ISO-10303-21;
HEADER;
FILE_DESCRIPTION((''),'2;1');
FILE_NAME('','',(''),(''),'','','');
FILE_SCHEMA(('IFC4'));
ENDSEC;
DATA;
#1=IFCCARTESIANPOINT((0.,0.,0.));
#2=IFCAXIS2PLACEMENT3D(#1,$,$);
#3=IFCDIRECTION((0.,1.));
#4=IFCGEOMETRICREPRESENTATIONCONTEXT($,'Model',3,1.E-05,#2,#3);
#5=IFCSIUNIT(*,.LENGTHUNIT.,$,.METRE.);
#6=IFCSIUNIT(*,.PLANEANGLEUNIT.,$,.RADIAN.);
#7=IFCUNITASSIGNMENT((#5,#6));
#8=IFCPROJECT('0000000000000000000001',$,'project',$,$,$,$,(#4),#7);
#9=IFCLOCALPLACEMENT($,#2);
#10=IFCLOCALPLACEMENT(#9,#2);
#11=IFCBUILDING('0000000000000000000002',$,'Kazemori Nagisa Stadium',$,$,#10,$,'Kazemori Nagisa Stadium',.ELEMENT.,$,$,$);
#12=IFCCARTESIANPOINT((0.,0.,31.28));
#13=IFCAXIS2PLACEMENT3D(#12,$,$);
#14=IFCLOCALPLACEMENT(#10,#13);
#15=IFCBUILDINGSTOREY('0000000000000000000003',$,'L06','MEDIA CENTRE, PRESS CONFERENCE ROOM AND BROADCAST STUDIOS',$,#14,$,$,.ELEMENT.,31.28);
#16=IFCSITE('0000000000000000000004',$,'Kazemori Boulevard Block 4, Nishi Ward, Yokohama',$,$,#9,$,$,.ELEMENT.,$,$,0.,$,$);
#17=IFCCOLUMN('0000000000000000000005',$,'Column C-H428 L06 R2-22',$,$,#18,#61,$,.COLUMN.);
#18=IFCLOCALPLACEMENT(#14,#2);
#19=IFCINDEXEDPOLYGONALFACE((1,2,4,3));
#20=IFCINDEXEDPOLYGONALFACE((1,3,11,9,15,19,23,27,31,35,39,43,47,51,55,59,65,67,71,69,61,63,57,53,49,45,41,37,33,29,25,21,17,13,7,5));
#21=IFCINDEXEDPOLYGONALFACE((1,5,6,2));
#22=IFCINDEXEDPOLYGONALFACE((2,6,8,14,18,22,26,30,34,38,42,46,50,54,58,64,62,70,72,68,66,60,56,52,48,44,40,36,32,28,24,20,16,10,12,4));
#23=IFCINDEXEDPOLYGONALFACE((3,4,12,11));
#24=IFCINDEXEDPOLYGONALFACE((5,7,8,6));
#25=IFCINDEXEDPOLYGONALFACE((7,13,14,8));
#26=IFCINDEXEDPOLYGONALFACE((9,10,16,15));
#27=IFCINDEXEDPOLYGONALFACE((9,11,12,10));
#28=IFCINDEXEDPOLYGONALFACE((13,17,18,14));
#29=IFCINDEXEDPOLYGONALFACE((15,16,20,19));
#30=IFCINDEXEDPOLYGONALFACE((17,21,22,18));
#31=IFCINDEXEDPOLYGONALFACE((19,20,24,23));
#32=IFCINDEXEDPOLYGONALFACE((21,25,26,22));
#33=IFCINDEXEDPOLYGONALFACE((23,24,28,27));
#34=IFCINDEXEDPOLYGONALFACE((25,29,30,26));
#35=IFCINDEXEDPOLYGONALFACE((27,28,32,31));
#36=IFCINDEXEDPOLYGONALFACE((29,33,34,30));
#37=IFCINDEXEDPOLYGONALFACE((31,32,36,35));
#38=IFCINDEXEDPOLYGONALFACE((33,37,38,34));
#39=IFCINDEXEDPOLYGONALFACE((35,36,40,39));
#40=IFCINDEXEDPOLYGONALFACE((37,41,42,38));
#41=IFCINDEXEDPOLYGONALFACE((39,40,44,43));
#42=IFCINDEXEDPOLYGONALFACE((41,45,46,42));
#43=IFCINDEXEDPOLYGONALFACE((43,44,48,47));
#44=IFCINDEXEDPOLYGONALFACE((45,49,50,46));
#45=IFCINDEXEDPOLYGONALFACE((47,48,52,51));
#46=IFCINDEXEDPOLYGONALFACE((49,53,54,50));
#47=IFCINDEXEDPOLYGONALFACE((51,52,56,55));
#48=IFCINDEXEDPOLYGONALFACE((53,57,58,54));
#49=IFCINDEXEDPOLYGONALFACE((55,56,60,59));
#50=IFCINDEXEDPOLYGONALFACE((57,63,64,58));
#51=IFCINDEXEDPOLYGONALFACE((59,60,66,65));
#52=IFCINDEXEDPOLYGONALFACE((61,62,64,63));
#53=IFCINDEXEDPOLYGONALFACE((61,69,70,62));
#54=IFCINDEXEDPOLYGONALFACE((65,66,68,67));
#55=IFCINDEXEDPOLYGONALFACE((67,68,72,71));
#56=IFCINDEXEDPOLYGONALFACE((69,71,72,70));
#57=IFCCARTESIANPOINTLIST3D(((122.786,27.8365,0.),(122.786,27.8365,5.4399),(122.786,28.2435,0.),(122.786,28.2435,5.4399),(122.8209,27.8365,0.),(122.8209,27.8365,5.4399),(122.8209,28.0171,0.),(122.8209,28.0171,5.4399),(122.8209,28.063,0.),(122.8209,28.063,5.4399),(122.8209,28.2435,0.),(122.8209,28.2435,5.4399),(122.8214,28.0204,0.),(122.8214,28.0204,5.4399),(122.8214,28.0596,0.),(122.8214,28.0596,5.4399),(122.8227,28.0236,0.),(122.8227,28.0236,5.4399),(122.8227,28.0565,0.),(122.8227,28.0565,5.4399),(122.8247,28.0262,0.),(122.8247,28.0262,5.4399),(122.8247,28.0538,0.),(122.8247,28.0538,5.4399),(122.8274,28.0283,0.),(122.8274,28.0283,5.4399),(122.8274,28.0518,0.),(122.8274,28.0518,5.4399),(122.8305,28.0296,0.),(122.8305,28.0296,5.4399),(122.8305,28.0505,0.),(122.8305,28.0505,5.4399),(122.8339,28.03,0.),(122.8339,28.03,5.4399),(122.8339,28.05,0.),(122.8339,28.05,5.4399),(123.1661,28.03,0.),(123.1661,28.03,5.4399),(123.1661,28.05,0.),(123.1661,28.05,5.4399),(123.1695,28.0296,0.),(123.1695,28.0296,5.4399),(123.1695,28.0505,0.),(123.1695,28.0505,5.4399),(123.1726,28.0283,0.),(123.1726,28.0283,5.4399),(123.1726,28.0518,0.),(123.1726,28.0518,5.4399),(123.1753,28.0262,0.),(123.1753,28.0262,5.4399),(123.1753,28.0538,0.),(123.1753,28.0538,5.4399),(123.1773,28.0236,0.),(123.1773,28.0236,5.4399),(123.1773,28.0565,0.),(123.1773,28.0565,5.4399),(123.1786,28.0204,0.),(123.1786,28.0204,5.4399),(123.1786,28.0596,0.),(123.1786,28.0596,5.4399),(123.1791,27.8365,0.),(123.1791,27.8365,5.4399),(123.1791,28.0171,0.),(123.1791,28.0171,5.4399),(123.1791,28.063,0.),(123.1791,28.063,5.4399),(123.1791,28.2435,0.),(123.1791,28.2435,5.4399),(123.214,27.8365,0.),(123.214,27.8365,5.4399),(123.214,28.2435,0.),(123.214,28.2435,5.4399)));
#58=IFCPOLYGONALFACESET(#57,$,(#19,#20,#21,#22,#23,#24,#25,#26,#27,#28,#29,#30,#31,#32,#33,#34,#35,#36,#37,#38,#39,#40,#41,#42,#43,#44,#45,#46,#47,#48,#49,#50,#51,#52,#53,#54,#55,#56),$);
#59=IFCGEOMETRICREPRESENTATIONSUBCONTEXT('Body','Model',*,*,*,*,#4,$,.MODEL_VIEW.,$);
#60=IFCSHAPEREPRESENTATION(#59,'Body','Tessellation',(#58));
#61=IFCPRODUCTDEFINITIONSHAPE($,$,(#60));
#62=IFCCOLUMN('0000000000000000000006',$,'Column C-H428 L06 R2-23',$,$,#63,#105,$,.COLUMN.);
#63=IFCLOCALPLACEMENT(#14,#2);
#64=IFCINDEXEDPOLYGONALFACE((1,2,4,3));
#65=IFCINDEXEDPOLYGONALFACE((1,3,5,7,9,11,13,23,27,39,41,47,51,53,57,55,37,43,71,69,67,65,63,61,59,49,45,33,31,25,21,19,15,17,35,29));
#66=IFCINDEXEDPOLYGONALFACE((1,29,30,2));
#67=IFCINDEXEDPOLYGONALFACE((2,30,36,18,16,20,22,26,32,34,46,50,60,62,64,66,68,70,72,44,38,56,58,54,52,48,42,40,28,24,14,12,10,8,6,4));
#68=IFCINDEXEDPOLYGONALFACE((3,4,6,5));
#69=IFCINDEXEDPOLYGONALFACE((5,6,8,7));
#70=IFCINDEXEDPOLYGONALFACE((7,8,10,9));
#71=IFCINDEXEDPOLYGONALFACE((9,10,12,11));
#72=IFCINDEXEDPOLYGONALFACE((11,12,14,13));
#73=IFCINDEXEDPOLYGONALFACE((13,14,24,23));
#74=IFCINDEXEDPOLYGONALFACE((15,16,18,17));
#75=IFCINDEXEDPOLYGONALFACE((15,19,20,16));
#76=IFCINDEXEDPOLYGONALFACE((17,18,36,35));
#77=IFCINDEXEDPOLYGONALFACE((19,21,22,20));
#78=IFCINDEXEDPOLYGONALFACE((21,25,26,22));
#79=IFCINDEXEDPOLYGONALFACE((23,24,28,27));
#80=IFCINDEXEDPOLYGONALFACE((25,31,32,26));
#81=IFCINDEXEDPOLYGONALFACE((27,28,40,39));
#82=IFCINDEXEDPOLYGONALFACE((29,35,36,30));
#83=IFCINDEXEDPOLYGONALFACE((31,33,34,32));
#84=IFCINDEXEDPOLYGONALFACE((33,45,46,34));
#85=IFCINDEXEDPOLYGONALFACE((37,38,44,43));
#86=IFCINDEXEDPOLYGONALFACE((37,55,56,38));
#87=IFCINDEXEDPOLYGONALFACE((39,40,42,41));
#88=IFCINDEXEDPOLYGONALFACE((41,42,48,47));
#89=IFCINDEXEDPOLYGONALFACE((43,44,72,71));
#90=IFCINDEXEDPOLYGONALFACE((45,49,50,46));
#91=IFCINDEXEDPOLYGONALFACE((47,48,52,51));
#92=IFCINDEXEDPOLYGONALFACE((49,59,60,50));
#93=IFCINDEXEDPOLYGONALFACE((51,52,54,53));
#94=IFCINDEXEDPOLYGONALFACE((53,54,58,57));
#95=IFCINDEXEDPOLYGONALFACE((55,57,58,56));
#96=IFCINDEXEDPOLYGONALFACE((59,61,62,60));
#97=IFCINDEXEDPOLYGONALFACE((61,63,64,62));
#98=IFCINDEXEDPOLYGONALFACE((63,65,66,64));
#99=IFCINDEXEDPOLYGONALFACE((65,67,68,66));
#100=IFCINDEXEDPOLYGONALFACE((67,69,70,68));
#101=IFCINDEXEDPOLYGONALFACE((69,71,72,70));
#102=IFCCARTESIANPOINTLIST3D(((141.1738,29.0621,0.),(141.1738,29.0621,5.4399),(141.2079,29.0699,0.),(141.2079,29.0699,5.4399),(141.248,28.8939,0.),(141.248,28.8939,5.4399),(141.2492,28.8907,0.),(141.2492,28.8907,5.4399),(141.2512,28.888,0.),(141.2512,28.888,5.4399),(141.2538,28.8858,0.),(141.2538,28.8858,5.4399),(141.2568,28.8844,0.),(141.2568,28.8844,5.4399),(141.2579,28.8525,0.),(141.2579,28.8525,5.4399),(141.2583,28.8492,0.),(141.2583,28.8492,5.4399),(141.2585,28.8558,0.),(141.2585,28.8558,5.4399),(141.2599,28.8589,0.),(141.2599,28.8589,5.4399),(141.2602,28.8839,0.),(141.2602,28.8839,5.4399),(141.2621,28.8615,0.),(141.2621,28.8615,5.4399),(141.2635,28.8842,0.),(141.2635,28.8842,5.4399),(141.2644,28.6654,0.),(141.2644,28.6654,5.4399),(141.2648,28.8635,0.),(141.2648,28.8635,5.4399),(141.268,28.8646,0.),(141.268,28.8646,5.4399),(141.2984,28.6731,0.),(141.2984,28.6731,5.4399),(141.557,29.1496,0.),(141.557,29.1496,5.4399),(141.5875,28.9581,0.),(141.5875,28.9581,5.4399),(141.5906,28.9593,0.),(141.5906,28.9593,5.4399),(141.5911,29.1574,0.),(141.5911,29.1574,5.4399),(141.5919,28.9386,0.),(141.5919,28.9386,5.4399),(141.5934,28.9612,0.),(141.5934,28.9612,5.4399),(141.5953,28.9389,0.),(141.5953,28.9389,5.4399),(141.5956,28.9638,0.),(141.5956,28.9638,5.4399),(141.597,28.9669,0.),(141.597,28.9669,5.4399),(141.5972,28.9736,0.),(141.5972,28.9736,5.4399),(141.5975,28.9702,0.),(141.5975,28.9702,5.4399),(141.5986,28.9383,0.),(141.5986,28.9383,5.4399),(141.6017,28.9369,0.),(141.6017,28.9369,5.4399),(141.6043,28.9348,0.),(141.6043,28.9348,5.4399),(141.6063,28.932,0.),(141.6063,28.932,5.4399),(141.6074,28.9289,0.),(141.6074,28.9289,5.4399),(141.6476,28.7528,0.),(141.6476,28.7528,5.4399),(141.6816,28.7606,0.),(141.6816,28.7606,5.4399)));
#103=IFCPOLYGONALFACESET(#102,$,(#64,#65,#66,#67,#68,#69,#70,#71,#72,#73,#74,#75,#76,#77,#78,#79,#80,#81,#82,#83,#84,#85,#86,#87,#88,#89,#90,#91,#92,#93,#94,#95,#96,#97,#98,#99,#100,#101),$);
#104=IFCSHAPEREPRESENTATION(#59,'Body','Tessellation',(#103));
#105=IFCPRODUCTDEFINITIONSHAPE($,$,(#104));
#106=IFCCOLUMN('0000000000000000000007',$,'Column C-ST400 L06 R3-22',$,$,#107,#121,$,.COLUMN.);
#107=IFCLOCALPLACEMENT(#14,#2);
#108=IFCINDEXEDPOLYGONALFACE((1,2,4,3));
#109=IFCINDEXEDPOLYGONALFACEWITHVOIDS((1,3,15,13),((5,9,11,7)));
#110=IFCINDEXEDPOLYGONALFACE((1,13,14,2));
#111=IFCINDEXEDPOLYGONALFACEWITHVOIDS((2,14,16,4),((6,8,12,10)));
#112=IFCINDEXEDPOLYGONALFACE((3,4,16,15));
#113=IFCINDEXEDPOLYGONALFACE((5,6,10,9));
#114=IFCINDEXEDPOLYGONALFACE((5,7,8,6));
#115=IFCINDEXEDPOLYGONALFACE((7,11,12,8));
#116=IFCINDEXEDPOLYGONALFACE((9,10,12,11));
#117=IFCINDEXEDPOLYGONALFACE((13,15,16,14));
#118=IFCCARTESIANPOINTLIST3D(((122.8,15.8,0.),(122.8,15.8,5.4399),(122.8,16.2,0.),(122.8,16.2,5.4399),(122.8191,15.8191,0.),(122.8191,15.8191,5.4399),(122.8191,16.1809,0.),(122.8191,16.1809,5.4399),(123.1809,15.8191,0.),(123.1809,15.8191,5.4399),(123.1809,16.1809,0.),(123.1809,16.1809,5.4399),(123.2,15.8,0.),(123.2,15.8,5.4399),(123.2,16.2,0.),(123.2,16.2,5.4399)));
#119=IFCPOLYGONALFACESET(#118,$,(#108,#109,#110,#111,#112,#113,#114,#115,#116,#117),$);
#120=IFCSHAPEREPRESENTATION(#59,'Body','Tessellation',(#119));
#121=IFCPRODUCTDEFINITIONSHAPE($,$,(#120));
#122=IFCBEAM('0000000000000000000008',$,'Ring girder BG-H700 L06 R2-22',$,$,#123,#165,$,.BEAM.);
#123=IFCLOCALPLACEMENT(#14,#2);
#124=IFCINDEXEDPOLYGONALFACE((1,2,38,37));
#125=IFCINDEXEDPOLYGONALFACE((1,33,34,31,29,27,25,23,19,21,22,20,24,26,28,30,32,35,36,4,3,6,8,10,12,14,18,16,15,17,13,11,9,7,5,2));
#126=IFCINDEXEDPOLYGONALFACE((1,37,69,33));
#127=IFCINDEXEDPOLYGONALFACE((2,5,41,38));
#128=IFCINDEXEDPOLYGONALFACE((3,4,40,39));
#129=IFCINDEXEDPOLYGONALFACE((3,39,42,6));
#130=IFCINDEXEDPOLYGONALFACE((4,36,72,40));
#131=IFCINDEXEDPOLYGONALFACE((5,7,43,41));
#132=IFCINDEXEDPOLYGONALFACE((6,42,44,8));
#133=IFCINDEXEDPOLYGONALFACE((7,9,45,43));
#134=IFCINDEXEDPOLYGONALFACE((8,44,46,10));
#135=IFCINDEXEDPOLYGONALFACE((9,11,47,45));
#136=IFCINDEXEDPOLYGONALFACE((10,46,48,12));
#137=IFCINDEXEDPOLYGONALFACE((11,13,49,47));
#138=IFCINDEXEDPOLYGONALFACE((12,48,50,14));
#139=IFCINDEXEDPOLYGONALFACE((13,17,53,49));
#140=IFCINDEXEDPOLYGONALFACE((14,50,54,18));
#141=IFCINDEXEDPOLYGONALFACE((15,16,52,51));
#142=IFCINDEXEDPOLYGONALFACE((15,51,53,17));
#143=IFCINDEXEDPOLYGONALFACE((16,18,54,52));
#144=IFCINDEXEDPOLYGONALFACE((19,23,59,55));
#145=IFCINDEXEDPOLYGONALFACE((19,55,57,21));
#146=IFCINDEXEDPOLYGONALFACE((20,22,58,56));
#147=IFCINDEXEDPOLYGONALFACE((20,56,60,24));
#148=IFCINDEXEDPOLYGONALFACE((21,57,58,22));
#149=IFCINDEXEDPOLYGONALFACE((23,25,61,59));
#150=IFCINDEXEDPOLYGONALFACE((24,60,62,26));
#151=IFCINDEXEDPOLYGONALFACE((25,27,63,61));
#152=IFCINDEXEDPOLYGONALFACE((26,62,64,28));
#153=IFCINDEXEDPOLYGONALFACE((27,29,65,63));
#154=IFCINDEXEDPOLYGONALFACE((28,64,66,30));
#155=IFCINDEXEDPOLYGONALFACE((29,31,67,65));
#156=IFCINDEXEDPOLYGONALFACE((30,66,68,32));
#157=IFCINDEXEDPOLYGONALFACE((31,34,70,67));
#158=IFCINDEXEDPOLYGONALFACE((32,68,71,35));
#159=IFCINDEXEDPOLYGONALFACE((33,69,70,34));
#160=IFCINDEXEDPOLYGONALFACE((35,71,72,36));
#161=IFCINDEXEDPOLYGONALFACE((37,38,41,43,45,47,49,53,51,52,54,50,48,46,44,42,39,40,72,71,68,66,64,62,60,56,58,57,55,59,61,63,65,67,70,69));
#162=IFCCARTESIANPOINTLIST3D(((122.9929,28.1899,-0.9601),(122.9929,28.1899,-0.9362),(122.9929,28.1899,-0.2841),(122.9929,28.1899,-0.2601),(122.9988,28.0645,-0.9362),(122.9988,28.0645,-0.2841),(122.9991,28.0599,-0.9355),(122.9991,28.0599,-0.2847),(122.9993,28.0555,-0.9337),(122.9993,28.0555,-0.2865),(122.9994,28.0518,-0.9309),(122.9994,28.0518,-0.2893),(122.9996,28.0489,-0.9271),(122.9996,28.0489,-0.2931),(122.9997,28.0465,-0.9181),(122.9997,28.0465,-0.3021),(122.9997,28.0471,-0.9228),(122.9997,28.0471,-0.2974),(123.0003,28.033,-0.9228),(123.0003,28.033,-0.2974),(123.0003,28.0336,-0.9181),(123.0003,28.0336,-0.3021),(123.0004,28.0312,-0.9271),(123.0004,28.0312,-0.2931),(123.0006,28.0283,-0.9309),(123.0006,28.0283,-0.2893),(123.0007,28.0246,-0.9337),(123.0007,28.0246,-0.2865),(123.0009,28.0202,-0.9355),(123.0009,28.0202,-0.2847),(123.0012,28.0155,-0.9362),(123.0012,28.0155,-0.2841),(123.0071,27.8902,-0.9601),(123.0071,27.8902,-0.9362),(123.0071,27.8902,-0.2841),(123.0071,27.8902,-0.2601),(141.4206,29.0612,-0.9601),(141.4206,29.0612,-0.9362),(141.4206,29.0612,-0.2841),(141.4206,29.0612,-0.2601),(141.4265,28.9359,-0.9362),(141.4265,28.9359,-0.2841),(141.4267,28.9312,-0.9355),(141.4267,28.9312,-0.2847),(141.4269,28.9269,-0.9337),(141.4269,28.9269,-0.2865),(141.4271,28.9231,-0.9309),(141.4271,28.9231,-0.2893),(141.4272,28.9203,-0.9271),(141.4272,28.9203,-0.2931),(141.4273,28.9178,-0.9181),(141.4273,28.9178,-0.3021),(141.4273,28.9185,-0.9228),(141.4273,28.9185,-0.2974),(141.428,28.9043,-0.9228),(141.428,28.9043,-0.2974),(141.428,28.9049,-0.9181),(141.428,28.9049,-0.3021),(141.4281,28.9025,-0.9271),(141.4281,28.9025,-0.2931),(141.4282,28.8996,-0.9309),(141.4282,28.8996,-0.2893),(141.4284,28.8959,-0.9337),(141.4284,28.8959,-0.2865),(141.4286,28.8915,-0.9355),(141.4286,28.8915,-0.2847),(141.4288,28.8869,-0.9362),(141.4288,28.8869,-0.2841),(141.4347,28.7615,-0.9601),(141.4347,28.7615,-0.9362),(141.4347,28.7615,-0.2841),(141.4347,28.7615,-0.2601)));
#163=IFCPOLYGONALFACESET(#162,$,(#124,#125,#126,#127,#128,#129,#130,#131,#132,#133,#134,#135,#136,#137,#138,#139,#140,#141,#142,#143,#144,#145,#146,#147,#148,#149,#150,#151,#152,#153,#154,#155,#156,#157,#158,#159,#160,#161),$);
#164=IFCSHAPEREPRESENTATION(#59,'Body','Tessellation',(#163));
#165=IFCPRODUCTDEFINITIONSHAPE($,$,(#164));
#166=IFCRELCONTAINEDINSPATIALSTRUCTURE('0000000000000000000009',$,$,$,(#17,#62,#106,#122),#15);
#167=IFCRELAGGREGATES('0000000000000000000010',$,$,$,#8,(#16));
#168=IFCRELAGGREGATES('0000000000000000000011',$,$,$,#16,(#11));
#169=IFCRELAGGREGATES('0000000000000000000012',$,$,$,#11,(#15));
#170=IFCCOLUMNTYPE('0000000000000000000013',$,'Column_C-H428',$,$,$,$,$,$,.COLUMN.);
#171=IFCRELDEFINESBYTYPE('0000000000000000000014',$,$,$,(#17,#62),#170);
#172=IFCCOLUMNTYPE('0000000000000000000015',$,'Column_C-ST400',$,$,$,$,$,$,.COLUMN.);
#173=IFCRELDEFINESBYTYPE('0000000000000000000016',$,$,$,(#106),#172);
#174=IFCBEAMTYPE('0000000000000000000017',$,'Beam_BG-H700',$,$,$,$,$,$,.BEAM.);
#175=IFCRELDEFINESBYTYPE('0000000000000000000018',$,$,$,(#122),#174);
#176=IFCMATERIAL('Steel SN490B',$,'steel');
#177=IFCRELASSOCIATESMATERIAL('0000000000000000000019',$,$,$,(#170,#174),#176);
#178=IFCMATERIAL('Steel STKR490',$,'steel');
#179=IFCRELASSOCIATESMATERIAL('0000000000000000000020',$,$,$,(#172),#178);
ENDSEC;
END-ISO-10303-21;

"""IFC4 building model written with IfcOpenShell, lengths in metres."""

from ifc_helpers import new_model, si_unit, direction, frame, origin, origin_2d, place, context, subcontext, project, spatial, hollow_rectangle, i_section, extrude, material, material_profile, profile_set, type_object, element, save


model = new_model("IFC4")

# Units and contexts
model_context = context("Model", 3, precision=1e-05, world=origin(), true_north=direction((0.0, 1.0)))
body_context = subcontext(model_context, "Body", "Model", "MODEL_VIEW")
ifc_project = project(units=[si_unit("LENGTHUNIT", "METRE"), si_unit("PLANEANGLEUNIT", "RADIAN")], contexts=[model_context])

# Site, building, storey
site_placement = place(None, origin())
site = spatial("IfcSite", under=ifc_project, at=site_placement, Name="Kazemori Boulevard Block 4, Nishi Ward, Yokohama", CompositionType="ELEMENT", RefElevation=0.0)
building_placement = place(site_placement, origin())
building = spatial("IfcBuilding", under=site, at=building_placement, Name="Kazemori Nagisa Stadium", LongName="Kazemori Nagisa Stadium", CompositionType="ELEMENT")
storey_placement = place(building_placement, frame((0.0, 0.0, 31.28)))
storey = spatial("IfcBuildingStorey", under=building, at=storey_placement, Name="L06", Description="MEDIA CENTRE, PRESS CONFERENCE ROOM AND BROADCAST STUDIOS", CompositionType="ELEMENT", Elevation=31.28)

# Columns
ifc_material_1 = material(Name="Steel SN490B", Category="steel")
ifc_material_profile_1 = material_profile(ifc_material_1, i_section(OverallWidth=0.407, OverallDepth=0.428, WebThickness=0.02, FlangeThickness=0.0349, FilletRadius=0.0129, at=origin_2d()), Name="H-428x407x20x35")
ifc_profile_set_1 = profile_set([ifc_material_profile_1], Name="Steel SN490B")
column_type_1 = type_object("IfcColumnType", Name="Column_C-H428", PredefinedType="COLUMN", material=ifc_profile_set_1)
for number, where, z_axis, x_axis, name in (
    (1, (123.0, 28.04, 0.0), (0.0, 0.0, 1.0), (0.0, -1.0, 0.0), "Column C-H428 L06 R2-22"),
    (2, (141.4277, 28.9114, 0.0), (0.0, 0.0, 1.0), (0.222521, -0.974928, 0.0), "Column C-H428 L06 R2-23"),
):
    element("IfcColumn", number, at=place(storey_placement, frame(where, z_axis=z_axis, x_axis=x_axis)), inside=storey, type_object=column_type_1, Name=name, PredefinedType="COLUMN", context=body_context, shape_type="SweptSolid", body=[
        extrude(i_section(OverallWidth=0.407, OverallDepth=0.428, WebThickness=0.02, FlangeThickness=0.0349, FilletRadius=0.0129, at=origin_2d()), origin(), (0.0, 0.0, 1.0), 5.4399),
    ])
ifc_material_2 = material(Name="Steel STKR490", Category="steel")
ifc_material_profile_2 = material_profile(ifc_material_2, hollow_rectangle(XDim=0.3999, YDim=0.3999, WallThickness=0.019, at=origin_2d()), Name="SHS-400x400x19")
ifc_profile_set_2 = profile_set([ifc_material_profile_2], Name="Steel STKR490")
column_type_2 = type_object("IfcColumnType", Name="Column_C-ST400", PredefinedType="COLUMN", material=ifc_profile_set_2)
column_placement = place(storey_placement, frame((123.0, 16.0, 0.0), z_axis=(0.0, 0.0, 1.0), x_axis=(0.0, -1.0, 0.0)))
element("IfcColumn", 3, at=column_placement, inside=storey, type_object=column_type_2, Name="Column C-ST400 L06 R3-22", PredefinedType="COLUMN", context=body_context, shape_type="SweptSolid", body=[
    extrude(hollow_rectangle(XDim=0.3999, YDim=0.3999, WallThickness=0.019, at=origin_2d()), origin(), (0.0, 0.0, 1.0), 5.4399),
])

# Beam
ifc_material_profile_3 = material_profile(ifc_material_1, i_section(OverallWidth=0.3, OverallDepth=0.7, WebThickness=0.0129, FlangeThickness=0.0239, FilletRadius=0.0181, at=origin_2d()), Name="H-700x300x13x24")
ifc_profile_set_3 = profile_set([ifc_material_profile_3], Name="Steel SN490B")
beam_type_1 = type_object("IfcBeamType", Name="Beam_BG-H700", PredefinedType="BEAM", material=ifc_profile_set_3)
beam_1_placement = place(storey_placement, frame((123.0, 28.04, -0.6101), z_axis=(0.998884, 0.047231, 0.0), x_axis=(-0.047231, 0.998884, 0.0)))
element("IfcBeam", 4, at=beam_1_placement, inside=storey, type_object=beam_type_1, Name="Ring girder BG-H700 L06 R2-22", PredefinedType="BEAM", context=body_context, shape_type="SweptSolid", body=[
    extrude(i_section(OverallWidth=0.3, OverallDepth=0.7, WebThickness=0.0129, FlangeThickness=0.0239, FilletRadius=0.0181, at=origin_2d()), origin(), (0.0, 0.0, 1.0), 18.4482),
])

save(model, "model.ifc")
